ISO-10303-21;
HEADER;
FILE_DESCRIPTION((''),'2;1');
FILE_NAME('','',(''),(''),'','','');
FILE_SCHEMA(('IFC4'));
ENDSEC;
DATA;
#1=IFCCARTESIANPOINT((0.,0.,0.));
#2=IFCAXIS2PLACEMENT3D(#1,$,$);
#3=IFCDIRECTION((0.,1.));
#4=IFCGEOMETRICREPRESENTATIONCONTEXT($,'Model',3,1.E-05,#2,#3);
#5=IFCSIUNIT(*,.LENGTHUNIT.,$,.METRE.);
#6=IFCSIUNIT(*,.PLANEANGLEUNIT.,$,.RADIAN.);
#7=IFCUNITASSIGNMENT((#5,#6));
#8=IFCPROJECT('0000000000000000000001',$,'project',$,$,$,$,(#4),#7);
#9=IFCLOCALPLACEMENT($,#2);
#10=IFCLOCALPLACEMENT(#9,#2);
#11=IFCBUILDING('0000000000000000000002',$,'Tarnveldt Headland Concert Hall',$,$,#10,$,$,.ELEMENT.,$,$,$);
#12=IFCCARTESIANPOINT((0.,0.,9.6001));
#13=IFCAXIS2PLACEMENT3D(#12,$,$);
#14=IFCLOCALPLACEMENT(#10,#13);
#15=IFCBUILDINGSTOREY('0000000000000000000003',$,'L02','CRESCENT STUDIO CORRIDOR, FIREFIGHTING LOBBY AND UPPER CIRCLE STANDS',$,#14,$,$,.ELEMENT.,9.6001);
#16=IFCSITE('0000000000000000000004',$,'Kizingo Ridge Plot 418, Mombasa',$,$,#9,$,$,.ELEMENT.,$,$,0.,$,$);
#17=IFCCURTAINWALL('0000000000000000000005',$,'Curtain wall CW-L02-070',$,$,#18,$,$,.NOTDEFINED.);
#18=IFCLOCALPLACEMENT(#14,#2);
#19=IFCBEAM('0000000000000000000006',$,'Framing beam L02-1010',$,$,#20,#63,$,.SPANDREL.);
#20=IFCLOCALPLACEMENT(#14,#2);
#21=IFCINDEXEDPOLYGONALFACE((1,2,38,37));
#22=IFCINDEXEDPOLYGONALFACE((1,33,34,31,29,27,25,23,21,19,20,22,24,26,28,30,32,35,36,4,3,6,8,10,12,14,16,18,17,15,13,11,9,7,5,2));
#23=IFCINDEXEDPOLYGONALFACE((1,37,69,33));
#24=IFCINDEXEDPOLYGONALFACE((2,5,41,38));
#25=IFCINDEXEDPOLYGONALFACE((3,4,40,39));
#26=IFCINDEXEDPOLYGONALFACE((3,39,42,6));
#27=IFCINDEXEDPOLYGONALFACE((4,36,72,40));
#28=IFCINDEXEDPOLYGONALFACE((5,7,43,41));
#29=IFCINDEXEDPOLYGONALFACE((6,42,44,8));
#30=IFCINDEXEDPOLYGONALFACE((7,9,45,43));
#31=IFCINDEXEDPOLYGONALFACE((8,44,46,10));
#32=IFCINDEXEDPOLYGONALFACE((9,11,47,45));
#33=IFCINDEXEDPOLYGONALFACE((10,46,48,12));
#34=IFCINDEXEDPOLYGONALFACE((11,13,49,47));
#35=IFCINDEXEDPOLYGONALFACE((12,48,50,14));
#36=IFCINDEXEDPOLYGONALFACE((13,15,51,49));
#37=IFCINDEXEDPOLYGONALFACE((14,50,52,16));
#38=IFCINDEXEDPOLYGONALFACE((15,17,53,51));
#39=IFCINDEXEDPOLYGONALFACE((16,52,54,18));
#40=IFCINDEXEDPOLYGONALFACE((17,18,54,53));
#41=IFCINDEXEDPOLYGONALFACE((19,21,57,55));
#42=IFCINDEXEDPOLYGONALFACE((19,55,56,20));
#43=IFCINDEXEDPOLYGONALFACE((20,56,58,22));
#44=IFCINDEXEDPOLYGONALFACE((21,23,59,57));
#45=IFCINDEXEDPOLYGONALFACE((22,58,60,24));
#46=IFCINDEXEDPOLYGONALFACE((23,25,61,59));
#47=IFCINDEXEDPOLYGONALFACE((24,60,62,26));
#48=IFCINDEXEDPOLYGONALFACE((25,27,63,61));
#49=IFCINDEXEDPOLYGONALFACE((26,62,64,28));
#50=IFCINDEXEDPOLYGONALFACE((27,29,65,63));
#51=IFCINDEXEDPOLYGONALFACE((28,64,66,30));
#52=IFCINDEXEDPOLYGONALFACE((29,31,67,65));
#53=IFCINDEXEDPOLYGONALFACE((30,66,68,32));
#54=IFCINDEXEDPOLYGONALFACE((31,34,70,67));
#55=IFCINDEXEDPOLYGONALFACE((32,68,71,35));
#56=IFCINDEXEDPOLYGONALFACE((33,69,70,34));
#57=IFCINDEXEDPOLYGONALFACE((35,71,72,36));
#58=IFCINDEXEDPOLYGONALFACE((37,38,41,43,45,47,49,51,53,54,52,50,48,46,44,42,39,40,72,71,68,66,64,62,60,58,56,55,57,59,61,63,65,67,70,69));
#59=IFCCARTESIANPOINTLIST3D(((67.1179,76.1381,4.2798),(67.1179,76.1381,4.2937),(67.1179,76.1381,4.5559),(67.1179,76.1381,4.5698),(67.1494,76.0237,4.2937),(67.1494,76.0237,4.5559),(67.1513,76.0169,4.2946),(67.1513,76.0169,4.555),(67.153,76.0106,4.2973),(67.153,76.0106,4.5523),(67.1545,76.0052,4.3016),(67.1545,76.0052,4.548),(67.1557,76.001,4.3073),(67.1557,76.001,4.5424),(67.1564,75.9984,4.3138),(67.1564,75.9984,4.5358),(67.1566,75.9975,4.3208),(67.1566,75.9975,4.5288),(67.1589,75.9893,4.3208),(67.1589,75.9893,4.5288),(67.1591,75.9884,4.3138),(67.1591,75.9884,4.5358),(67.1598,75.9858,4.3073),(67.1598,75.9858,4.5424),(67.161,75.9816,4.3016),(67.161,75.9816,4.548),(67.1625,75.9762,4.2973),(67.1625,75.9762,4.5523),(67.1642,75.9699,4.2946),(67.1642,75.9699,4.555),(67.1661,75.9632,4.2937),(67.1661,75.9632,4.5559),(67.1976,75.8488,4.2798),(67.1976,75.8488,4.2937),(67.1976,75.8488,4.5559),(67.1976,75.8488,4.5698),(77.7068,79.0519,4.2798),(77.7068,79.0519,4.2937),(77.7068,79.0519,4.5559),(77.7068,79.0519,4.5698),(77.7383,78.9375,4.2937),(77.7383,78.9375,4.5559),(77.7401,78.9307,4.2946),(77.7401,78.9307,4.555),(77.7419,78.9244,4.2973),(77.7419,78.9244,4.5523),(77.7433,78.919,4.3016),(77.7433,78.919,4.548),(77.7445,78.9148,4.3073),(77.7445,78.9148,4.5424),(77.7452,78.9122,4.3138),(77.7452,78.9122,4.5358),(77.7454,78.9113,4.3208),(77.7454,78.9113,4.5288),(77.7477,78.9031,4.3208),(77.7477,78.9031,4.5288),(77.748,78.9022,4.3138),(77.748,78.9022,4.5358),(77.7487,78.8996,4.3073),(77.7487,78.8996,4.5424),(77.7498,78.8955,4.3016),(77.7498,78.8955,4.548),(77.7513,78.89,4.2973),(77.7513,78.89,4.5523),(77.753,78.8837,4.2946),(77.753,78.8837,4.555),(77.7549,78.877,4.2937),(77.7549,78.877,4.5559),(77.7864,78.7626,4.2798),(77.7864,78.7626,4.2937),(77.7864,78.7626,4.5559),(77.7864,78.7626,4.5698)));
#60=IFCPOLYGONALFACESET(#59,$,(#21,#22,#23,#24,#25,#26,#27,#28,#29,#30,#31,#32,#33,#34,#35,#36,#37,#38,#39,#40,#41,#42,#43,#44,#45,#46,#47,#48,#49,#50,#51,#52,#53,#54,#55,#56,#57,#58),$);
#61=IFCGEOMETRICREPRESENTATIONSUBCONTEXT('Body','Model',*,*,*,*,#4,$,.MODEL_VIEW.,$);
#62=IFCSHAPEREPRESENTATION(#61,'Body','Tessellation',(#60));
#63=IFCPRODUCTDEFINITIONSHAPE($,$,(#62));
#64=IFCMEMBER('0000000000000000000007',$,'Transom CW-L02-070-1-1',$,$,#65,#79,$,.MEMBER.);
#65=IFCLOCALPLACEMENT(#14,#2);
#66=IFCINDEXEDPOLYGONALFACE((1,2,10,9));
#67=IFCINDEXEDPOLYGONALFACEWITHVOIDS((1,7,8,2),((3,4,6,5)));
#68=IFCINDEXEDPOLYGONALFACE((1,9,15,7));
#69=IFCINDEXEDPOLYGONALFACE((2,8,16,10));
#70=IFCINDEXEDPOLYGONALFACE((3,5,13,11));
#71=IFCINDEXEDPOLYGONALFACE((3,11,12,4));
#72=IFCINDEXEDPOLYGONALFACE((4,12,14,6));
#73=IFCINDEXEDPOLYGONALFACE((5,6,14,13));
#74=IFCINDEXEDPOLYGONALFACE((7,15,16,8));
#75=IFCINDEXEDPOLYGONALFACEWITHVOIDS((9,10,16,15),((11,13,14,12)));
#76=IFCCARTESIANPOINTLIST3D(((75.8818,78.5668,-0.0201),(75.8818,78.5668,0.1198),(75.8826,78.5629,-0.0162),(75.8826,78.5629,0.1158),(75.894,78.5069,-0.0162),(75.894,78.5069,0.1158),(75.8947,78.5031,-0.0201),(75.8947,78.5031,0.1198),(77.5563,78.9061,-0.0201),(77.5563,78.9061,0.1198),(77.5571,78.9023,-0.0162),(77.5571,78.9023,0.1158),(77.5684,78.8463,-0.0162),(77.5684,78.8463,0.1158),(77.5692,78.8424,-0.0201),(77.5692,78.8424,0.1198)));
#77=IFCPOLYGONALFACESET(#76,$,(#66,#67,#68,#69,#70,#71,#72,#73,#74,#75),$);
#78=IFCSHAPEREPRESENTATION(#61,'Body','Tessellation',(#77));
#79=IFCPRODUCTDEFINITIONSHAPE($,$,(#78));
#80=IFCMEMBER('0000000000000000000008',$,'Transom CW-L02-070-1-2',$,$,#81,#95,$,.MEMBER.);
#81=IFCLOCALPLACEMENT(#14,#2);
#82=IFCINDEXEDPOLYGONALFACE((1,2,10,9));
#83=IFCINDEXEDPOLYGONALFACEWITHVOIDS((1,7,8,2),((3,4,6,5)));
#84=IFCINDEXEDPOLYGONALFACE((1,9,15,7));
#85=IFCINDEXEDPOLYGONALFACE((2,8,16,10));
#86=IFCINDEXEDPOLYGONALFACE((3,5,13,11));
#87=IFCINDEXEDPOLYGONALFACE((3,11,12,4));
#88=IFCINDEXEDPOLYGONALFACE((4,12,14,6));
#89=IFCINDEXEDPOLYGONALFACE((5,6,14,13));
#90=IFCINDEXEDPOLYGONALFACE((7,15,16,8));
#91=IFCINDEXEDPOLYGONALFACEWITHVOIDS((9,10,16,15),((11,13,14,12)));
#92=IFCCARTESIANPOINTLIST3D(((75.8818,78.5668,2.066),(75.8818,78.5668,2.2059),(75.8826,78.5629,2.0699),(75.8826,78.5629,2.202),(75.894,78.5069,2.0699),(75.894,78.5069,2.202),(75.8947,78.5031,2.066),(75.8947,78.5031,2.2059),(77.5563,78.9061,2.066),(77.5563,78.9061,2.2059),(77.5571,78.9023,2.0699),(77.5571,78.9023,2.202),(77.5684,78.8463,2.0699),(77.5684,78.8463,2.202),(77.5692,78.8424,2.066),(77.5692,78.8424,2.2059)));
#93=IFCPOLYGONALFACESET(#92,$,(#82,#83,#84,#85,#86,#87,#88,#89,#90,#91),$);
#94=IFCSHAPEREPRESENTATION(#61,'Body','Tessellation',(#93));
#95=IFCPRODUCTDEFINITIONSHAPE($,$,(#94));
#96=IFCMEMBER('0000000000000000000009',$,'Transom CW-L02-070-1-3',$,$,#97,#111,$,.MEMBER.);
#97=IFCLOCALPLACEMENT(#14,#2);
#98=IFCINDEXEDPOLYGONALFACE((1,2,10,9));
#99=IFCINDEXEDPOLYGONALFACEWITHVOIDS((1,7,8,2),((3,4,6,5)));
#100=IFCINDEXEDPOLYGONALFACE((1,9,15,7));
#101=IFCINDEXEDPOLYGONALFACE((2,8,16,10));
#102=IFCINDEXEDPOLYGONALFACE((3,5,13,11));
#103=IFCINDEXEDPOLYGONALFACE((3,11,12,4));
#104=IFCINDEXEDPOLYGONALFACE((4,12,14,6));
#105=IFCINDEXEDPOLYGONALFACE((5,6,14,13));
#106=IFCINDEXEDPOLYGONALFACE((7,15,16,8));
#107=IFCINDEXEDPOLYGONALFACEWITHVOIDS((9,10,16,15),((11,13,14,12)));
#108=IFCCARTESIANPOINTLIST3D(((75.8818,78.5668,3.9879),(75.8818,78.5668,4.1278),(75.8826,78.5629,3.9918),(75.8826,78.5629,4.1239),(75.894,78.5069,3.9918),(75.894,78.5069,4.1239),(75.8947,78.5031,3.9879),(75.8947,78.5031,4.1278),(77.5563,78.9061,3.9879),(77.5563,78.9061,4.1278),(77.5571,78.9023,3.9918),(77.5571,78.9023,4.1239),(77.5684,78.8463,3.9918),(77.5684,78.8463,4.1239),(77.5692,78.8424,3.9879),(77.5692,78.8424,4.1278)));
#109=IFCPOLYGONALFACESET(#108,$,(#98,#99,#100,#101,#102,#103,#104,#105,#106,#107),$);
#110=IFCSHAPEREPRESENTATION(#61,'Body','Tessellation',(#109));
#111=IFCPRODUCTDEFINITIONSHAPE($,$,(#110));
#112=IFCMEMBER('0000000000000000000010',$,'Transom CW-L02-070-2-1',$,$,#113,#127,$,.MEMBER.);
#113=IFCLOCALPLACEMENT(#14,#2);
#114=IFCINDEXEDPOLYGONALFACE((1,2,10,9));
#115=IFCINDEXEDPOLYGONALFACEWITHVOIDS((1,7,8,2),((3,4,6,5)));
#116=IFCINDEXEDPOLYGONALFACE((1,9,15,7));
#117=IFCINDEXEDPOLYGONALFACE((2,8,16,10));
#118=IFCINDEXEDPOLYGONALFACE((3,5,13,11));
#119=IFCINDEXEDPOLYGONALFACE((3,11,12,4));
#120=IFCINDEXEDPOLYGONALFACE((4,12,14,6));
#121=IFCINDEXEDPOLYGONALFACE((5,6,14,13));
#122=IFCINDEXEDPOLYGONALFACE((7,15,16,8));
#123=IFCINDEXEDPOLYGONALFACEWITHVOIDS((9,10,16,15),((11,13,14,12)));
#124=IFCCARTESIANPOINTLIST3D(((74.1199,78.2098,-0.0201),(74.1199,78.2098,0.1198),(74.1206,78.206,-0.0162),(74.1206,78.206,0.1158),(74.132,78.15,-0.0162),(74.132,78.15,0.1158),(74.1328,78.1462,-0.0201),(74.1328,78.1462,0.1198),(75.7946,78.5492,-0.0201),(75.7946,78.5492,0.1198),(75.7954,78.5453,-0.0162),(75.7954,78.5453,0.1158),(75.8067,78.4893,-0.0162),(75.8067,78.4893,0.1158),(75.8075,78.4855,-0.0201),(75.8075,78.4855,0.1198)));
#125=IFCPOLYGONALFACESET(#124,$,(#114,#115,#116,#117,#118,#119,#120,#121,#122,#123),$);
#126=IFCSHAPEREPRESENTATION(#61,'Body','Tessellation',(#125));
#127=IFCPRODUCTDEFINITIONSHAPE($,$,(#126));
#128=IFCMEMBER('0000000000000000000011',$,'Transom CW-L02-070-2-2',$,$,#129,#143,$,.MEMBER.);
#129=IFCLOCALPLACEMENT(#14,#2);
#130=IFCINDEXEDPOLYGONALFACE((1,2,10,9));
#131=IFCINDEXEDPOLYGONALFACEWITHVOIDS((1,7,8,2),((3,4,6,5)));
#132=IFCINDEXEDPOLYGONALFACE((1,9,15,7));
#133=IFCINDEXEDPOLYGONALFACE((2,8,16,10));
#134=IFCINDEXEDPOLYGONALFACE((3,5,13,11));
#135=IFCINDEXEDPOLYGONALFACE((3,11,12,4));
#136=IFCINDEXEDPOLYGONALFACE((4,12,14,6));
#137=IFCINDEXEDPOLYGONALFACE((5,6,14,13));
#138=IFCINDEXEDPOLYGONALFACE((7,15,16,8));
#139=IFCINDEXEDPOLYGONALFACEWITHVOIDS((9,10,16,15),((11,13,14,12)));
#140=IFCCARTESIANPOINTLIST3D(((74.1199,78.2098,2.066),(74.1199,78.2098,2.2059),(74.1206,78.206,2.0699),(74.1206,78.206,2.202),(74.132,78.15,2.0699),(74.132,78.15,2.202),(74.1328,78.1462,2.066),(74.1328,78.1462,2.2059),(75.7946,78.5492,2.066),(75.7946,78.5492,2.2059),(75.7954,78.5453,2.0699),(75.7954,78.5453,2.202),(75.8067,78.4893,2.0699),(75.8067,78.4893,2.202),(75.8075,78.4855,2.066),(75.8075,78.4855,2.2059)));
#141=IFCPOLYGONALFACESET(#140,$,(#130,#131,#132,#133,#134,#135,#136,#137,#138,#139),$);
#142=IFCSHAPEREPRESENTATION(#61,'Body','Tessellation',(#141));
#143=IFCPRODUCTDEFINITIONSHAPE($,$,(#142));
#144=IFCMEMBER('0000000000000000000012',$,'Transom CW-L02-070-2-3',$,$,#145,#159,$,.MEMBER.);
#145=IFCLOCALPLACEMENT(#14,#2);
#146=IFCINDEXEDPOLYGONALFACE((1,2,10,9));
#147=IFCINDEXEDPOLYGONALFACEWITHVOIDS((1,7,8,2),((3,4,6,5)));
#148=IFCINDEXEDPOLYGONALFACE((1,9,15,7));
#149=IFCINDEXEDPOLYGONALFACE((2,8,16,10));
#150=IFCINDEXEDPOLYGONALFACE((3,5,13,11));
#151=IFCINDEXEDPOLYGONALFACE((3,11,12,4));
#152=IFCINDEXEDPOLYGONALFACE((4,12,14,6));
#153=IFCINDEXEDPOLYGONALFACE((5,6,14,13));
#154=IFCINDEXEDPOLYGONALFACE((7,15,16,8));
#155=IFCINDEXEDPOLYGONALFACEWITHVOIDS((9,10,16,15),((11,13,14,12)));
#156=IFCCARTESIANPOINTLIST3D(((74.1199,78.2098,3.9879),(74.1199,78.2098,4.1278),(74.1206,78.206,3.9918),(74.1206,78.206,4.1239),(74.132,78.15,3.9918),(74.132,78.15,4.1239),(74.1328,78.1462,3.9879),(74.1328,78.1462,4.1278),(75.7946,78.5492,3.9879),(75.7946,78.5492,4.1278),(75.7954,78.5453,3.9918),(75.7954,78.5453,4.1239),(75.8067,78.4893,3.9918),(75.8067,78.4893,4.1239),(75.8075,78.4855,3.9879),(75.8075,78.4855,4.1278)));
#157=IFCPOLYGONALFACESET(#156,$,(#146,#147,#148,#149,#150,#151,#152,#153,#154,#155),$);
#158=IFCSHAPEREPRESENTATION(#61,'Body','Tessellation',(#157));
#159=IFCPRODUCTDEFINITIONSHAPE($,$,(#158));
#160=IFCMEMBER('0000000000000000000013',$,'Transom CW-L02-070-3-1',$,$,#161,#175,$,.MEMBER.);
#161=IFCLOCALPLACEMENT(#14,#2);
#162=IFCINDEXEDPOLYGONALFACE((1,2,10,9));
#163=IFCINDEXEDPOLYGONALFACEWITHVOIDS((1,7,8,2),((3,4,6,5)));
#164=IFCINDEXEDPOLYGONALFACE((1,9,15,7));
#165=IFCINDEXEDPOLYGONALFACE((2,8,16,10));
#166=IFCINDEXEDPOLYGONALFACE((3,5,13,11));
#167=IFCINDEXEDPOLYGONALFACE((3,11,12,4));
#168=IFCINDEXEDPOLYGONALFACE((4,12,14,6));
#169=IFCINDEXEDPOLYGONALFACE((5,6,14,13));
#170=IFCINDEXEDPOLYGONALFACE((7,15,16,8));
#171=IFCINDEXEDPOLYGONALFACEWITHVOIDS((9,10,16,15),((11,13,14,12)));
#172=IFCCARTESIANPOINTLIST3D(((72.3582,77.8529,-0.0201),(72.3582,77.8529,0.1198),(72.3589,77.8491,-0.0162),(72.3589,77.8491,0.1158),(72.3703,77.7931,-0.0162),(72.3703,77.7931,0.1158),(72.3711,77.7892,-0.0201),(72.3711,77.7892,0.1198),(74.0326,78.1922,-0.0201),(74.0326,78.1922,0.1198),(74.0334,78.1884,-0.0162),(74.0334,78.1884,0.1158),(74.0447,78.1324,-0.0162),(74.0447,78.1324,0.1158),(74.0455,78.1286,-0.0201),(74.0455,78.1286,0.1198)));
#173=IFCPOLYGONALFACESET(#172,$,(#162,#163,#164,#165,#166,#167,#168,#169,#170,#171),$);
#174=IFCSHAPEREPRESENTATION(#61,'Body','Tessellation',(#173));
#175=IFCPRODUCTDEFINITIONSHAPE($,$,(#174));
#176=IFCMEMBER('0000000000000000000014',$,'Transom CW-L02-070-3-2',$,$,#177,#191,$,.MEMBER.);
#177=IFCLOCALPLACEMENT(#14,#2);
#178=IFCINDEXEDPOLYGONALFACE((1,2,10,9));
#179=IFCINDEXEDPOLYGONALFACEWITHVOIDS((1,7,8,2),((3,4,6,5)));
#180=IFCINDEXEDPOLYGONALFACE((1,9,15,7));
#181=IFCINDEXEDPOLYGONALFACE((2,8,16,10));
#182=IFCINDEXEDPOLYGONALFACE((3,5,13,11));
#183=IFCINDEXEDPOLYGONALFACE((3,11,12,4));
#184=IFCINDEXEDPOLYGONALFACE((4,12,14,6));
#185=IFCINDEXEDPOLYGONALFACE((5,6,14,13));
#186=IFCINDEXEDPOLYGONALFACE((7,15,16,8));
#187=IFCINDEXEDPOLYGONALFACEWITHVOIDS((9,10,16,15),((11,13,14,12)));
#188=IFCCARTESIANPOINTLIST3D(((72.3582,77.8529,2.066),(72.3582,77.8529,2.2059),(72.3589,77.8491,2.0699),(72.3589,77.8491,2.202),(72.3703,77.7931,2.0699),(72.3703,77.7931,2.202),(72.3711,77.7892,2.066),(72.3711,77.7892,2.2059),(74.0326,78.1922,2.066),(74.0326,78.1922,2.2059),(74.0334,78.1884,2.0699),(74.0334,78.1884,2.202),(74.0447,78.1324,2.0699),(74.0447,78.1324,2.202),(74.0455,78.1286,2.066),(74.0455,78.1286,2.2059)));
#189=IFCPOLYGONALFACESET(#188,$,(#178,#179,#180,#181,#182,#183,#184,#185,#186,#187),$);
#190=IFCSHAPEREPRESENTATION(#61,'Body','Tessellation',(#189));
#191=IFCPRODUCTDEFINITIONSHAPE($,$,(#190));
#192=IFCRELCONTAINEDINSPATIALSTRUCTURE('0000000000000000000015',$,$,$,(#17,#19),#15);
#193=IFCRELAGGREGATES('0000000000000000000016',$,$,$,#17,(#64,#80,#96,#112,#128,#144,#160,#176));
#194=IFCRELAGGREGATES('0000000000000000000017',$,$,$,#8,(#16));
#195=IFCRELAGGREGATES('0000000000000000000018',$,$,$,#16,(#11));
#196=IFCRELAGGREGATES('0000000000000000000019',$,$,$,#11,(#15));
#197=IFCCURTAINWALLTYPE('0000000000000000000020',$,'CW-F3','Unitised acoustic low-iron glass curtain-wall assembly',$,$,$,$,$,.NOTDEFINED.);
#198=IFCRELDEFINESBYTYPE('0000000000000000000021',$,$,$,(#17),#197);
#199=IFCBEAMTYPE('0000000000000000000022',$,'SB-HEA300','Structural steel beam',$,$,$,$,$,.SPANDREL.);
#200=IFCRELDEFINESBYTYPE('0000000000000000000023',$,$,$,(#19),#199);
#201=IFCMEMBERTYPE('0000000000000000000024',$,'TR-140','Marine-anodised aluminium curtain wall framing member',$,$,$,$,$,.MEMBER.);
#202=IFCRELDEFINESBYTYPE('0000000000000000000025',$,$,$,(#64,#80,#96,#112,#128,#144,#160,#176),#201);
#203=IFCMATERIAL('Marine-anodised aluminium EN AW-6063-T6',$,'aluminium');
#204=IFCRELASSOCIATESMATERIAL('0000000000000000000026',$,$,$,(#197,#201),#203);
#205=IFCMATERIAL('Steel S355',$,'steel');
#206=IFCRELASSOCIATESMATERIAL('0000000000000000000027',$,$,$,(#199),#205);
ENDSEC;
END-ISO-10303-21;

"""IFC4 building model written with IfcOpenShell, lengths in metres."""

from ifc_helpers import new_model, si_unit, direction, frame, origin, origin_2d, place, context, subcontext, project, spatial, hollow_rectangle, i_section, extrude, material, material_profile, profile_set, type_object, element, aggregate, save


model = new_model("IFC4")

# Units and contexts
model_context = context("Model", 3, precision=1e-05, world=origin(), true_north=direction((0.0, 1.0)))
body_context = subcontext(model_context, "Body", "Model", "MODEL_VIEW")
ifc_project = project(units=[si_unit("LENGTHUNIT", "METRE"), si_unit("PLANEANGLEUNIT", "RADIAN")], contexts=[model_context])

# Site, building, storey
site_placement = place(None, origin())
site = spatial("IfcSite", under=ifc_project, at=site_placement, Name="Kizingo Ridge Plot 418, Mombasa", CompositionType="ELEMENT", RefElevation=0.0)
building_placement = place(site_placement, origin())
building = spatial("IfcBuilding", under=site, at=building_placement, Name="Tarnveldt Headland Concert Hall", CompositionType="ELEMENT")
storey_placement = place(building_placement, frame((0.0, 0.0, 9.6001)))
storey = spatial("IfcBuildingStorey", under=building, at=storey_placement, Name="L02", Description="CRESCENT STUDIO CORRIDOR, FIREFIGHTING LOBBY AND UPPER CIRCLE STANDS", CompositionType="ELEMENT", Elevation=9.6001)

# Shared definitions
ifc_material_1 = material(Name="Steel S355", Category="steel")

# Curtain wall
ifc_material_2 = material(Name="Marine-anodised aluminium EN AW-6063-T6", Category="aluminium")
curtain_wall_type = type_object("IfcCurtainWallType", Name="CW-F3", Description="Unitised acoustic low-iron glass curtain-wall assembly", PredefinedType="NOTDEFINED", material=ifc_material_2)
curtain_wall_1_placement = place(storey_placement, origin())
curtain_wall_1 = element("IfcCurtainWall", 1, at=curtain_wall_1_placement, inside=storey, type_object=curtain_wall_type, Name="Curtain wall CW-L02-070", PredefinedType="NOTDEFINED")

# Beam
ifc_material_profile_1 = material_profile(ifc_material_1, i_section(OverallWidth=0.3, OverallDepth=0.29, WebThickness=0.0085, FlangeThickness=0.0139, FilletRadius=0.0271, at=origin_2d()), Name="HEA300", Category="steel")
ifc_profile_set_1 = profile_set([ifc_material_profile_1], Name="Steel S355")
beam_type = type_object("IfcBeamType", Name="SB-HEA300", Description="Structural steel beam", PredefinedType="SPANDREL", material=ifc_profile_set_1)
beam_placement = place(storey_placement, frame((77.7466, 78.9072, 4.4248), z_axis=(-0.964162, -0.265316, 0.0), x_axis=(0.265316, -0.964162, 0.0)))
element("IfcBeam", 2, at=beam_placement, inside=storey, type_object=beam_type, Name="Framing beam L02-1010", PredefinedType="SPANDREL", context=body_context, shape_type="SweptSolid", body=[
    extrude(i_section(OverallWidth=0.3, OverallDepth=0.29, WebThickness=0.0085, FlangeThickness=0.0139, FilletRadius=0.0271, at=origin_2d()), origin(), (0.0, 0.0, 1.0), 10.9824),
])

# Members
ifc_material_profile_2 = material_profile(ifc_material_2, hollow_rectangle(XDim=0.0649, YDim=0.1399, WallThickness=0.0039, at=origin_2d()), Name="ALU TRANSOM 65x140x4", Category="aluminium")
ifc_profile_set_2 = profile_set([ifc_material_profile_2], Name="Marine-anodised aluminium EN AW-6063-T6")
member_type_1 = type_object("IfcMemberType", Name="TR-140", Description="Marine-anodised aluminium curtain wall framing member", PredefinedType="MEMBER", material=ifc_profile_set_2)
member_1_placement = place(storey_placement, frame((77.5627, 78.8743, 0.0498), z_axis=(-0.980077, -0.198616, 0.0), x_axis=(0.198616, -0.980077, 0.0)))
member_1 = element("IfcMember", 3, at=member_1_placement, type_object=member_type_1, Name="Transom CW-L02-070-1-1", PredefinedType="MEMBER", context=body_context, shape_type="SweptSolid", body=[
    extrude(hollow_rectangle(XDim=0.0649, YDim=0.1399, WallThickness=0.0039, at=origin_2d()), origin(), (0.0, 0.0, 1.0), 1.7085),
])
member_2_placement = place(storey_placement, frame((77.5627, 78.8743, 2.136), z_axis=(-0.980077, -0.198616, 0.0), x_axis=(0.198616, -0.980077, 0.0)))
member_2 = element("IfcMember", 4, at=member_2_placement, type_object=member_type_1, Name="Transom CW-L02-070-1-2", PredefinedType="MEMBER", context=body_context, shape_type="SweptSolid", body=[
    extrude(hollow_rectangle(XDim=0.0649, YDim=0.1399, WallThickness=0.0039, at=origin_2d()), origin(), (0.0, 0.0, 1.0), 1.7085),
])
member_3_placement = place(storey_placement, frame((77.5627, 78.8743, 4.0579), z_axis=(-0.980077, -0.198616, 0.0), x_axis=(0.198616, -0.980077, 0.0)))
member_3 = element("IfcMember", 5, at=member_3_placement, type_object=member_type_1, Name="Transom CW-L02-070-1-3", PredefinedType="MEMBER", context=body_context, shape_type="SweptSolid", body=[
    extrude(hollow_rectangle(XDim=0.0649, YDim=0.1399, WallThickness=0.0039, at=origin_2d()), origin(), (0.0, 0.0, 1.0), 1.7085),
])
member_4_placement = place(storey_placement, frame((75.801, 78.5173, 0.0498), z_axis=(-0.980083, -0.198588, 0.0), x_axis=(0.198588, -0.980083, 0.0)))
member_4 = element("IfcMember", 6, at=member_4_placement, type_object=member_type_1, Name="Transom CW-L02-070-2-1", PredefinedType="MEMBER", context=body_context, shape_type="SweptSolid", body=[
    extrude(hollow_rectangle(XDim=0.0649, YDim=0.1399, WallThickness=0.0039, at=origin_2d()), origin(), (0.0, 0.0, 1.0), 1.7087),
])
member_5_placement = place(storey_placement, frame((75.801, 78.5173, 2.136), z_axis=(-0.980083, -0.198588, 0.0), x_axis=(0.198588, -0.980083, 0.0)))
member_5 = element("IfcMember", 7, at=member_5_placement, type_object=member_type_1, Name="Transom CW-L02-070-2-2", PredefinedType="MEMBER", context=body_context, shape_type="SweptSolid", body=[
    extrude(hollow_rectangle(XDim=0.0649, YDim=0.1399, WallThickness=0.0039, at=origin_2d()), origin(), (0.0, 0.0, 1.0), 1.7087),
])
member_6_placement = place(storey_placement, frame((75.801, 78.5173, 4.0579), z_axis=(-0.980083, -0.198588, 0.0), x_axis=(0.198588, -0.980083, 0.0)))
member_6 = element("IfcMember", 8, at=member_6_placement, type_object=member_type_1, Name="Transom CW-L02-070-2-3", PredefinedType="MEMBER", context=body_context, shape_type="SweptSolid", body=[
    extrude(hollow_rectangle(XDim=0.0649, YDim=0.1399, WallThickness=0.0039, at=origin_2d()), origin(), (0.0, 0.0, 1.0), 1.7087),
])
member_7_placement = place(storey_placement, frame((74.0391, 78.1604, 0.0498), z_axis=(-0.980077, -0.198616, 0.0), x_axis=(0.198616, -0.980077, 0.0)))
member_7 = element("IfcMember", 9, at=member_7_placement, type_object=member_type_1, Name="Transom CW-L02-070-3-1", PredefinedType="MEMBER", context=body_context, shape_type="SweptSolid", body=[
    extrude(hollow_rectangle(XDim=0.0649, YDim=0.1399, WallThickness=0.0039, at=origin_2d()), origin(), (0.0, 0.0, 1.0), 1.7085),
])
member_8_placement = place(storey_placement, frame((74.0391, 78.1604, 2.136), z_axis=(-0.980077, -0.198616, 0.0), x_axis=(0.198616, -0.980077, 0.0)))
member_8 = element("IfcMember", 10, at=member_8_placement, type_object=member_type_1, Name="Transom CW-L02-070-3-2", PredefinedType="MEMBER", context=body_context, shape_type="SweptSolid", body=[
    extrude(hollow_rectangle(XDim=0.0649, YDim=0.1399, WallThickness=0.0039, at=origin_2d()), origin(), (0.0, 0.0, 1.0), 1.7085),
])

aggregate(curtain_wall_1, [member_1, member_2, member_3, member_4, member_5, member_6, member_7, member_8])

save(model, "model.ifc")
